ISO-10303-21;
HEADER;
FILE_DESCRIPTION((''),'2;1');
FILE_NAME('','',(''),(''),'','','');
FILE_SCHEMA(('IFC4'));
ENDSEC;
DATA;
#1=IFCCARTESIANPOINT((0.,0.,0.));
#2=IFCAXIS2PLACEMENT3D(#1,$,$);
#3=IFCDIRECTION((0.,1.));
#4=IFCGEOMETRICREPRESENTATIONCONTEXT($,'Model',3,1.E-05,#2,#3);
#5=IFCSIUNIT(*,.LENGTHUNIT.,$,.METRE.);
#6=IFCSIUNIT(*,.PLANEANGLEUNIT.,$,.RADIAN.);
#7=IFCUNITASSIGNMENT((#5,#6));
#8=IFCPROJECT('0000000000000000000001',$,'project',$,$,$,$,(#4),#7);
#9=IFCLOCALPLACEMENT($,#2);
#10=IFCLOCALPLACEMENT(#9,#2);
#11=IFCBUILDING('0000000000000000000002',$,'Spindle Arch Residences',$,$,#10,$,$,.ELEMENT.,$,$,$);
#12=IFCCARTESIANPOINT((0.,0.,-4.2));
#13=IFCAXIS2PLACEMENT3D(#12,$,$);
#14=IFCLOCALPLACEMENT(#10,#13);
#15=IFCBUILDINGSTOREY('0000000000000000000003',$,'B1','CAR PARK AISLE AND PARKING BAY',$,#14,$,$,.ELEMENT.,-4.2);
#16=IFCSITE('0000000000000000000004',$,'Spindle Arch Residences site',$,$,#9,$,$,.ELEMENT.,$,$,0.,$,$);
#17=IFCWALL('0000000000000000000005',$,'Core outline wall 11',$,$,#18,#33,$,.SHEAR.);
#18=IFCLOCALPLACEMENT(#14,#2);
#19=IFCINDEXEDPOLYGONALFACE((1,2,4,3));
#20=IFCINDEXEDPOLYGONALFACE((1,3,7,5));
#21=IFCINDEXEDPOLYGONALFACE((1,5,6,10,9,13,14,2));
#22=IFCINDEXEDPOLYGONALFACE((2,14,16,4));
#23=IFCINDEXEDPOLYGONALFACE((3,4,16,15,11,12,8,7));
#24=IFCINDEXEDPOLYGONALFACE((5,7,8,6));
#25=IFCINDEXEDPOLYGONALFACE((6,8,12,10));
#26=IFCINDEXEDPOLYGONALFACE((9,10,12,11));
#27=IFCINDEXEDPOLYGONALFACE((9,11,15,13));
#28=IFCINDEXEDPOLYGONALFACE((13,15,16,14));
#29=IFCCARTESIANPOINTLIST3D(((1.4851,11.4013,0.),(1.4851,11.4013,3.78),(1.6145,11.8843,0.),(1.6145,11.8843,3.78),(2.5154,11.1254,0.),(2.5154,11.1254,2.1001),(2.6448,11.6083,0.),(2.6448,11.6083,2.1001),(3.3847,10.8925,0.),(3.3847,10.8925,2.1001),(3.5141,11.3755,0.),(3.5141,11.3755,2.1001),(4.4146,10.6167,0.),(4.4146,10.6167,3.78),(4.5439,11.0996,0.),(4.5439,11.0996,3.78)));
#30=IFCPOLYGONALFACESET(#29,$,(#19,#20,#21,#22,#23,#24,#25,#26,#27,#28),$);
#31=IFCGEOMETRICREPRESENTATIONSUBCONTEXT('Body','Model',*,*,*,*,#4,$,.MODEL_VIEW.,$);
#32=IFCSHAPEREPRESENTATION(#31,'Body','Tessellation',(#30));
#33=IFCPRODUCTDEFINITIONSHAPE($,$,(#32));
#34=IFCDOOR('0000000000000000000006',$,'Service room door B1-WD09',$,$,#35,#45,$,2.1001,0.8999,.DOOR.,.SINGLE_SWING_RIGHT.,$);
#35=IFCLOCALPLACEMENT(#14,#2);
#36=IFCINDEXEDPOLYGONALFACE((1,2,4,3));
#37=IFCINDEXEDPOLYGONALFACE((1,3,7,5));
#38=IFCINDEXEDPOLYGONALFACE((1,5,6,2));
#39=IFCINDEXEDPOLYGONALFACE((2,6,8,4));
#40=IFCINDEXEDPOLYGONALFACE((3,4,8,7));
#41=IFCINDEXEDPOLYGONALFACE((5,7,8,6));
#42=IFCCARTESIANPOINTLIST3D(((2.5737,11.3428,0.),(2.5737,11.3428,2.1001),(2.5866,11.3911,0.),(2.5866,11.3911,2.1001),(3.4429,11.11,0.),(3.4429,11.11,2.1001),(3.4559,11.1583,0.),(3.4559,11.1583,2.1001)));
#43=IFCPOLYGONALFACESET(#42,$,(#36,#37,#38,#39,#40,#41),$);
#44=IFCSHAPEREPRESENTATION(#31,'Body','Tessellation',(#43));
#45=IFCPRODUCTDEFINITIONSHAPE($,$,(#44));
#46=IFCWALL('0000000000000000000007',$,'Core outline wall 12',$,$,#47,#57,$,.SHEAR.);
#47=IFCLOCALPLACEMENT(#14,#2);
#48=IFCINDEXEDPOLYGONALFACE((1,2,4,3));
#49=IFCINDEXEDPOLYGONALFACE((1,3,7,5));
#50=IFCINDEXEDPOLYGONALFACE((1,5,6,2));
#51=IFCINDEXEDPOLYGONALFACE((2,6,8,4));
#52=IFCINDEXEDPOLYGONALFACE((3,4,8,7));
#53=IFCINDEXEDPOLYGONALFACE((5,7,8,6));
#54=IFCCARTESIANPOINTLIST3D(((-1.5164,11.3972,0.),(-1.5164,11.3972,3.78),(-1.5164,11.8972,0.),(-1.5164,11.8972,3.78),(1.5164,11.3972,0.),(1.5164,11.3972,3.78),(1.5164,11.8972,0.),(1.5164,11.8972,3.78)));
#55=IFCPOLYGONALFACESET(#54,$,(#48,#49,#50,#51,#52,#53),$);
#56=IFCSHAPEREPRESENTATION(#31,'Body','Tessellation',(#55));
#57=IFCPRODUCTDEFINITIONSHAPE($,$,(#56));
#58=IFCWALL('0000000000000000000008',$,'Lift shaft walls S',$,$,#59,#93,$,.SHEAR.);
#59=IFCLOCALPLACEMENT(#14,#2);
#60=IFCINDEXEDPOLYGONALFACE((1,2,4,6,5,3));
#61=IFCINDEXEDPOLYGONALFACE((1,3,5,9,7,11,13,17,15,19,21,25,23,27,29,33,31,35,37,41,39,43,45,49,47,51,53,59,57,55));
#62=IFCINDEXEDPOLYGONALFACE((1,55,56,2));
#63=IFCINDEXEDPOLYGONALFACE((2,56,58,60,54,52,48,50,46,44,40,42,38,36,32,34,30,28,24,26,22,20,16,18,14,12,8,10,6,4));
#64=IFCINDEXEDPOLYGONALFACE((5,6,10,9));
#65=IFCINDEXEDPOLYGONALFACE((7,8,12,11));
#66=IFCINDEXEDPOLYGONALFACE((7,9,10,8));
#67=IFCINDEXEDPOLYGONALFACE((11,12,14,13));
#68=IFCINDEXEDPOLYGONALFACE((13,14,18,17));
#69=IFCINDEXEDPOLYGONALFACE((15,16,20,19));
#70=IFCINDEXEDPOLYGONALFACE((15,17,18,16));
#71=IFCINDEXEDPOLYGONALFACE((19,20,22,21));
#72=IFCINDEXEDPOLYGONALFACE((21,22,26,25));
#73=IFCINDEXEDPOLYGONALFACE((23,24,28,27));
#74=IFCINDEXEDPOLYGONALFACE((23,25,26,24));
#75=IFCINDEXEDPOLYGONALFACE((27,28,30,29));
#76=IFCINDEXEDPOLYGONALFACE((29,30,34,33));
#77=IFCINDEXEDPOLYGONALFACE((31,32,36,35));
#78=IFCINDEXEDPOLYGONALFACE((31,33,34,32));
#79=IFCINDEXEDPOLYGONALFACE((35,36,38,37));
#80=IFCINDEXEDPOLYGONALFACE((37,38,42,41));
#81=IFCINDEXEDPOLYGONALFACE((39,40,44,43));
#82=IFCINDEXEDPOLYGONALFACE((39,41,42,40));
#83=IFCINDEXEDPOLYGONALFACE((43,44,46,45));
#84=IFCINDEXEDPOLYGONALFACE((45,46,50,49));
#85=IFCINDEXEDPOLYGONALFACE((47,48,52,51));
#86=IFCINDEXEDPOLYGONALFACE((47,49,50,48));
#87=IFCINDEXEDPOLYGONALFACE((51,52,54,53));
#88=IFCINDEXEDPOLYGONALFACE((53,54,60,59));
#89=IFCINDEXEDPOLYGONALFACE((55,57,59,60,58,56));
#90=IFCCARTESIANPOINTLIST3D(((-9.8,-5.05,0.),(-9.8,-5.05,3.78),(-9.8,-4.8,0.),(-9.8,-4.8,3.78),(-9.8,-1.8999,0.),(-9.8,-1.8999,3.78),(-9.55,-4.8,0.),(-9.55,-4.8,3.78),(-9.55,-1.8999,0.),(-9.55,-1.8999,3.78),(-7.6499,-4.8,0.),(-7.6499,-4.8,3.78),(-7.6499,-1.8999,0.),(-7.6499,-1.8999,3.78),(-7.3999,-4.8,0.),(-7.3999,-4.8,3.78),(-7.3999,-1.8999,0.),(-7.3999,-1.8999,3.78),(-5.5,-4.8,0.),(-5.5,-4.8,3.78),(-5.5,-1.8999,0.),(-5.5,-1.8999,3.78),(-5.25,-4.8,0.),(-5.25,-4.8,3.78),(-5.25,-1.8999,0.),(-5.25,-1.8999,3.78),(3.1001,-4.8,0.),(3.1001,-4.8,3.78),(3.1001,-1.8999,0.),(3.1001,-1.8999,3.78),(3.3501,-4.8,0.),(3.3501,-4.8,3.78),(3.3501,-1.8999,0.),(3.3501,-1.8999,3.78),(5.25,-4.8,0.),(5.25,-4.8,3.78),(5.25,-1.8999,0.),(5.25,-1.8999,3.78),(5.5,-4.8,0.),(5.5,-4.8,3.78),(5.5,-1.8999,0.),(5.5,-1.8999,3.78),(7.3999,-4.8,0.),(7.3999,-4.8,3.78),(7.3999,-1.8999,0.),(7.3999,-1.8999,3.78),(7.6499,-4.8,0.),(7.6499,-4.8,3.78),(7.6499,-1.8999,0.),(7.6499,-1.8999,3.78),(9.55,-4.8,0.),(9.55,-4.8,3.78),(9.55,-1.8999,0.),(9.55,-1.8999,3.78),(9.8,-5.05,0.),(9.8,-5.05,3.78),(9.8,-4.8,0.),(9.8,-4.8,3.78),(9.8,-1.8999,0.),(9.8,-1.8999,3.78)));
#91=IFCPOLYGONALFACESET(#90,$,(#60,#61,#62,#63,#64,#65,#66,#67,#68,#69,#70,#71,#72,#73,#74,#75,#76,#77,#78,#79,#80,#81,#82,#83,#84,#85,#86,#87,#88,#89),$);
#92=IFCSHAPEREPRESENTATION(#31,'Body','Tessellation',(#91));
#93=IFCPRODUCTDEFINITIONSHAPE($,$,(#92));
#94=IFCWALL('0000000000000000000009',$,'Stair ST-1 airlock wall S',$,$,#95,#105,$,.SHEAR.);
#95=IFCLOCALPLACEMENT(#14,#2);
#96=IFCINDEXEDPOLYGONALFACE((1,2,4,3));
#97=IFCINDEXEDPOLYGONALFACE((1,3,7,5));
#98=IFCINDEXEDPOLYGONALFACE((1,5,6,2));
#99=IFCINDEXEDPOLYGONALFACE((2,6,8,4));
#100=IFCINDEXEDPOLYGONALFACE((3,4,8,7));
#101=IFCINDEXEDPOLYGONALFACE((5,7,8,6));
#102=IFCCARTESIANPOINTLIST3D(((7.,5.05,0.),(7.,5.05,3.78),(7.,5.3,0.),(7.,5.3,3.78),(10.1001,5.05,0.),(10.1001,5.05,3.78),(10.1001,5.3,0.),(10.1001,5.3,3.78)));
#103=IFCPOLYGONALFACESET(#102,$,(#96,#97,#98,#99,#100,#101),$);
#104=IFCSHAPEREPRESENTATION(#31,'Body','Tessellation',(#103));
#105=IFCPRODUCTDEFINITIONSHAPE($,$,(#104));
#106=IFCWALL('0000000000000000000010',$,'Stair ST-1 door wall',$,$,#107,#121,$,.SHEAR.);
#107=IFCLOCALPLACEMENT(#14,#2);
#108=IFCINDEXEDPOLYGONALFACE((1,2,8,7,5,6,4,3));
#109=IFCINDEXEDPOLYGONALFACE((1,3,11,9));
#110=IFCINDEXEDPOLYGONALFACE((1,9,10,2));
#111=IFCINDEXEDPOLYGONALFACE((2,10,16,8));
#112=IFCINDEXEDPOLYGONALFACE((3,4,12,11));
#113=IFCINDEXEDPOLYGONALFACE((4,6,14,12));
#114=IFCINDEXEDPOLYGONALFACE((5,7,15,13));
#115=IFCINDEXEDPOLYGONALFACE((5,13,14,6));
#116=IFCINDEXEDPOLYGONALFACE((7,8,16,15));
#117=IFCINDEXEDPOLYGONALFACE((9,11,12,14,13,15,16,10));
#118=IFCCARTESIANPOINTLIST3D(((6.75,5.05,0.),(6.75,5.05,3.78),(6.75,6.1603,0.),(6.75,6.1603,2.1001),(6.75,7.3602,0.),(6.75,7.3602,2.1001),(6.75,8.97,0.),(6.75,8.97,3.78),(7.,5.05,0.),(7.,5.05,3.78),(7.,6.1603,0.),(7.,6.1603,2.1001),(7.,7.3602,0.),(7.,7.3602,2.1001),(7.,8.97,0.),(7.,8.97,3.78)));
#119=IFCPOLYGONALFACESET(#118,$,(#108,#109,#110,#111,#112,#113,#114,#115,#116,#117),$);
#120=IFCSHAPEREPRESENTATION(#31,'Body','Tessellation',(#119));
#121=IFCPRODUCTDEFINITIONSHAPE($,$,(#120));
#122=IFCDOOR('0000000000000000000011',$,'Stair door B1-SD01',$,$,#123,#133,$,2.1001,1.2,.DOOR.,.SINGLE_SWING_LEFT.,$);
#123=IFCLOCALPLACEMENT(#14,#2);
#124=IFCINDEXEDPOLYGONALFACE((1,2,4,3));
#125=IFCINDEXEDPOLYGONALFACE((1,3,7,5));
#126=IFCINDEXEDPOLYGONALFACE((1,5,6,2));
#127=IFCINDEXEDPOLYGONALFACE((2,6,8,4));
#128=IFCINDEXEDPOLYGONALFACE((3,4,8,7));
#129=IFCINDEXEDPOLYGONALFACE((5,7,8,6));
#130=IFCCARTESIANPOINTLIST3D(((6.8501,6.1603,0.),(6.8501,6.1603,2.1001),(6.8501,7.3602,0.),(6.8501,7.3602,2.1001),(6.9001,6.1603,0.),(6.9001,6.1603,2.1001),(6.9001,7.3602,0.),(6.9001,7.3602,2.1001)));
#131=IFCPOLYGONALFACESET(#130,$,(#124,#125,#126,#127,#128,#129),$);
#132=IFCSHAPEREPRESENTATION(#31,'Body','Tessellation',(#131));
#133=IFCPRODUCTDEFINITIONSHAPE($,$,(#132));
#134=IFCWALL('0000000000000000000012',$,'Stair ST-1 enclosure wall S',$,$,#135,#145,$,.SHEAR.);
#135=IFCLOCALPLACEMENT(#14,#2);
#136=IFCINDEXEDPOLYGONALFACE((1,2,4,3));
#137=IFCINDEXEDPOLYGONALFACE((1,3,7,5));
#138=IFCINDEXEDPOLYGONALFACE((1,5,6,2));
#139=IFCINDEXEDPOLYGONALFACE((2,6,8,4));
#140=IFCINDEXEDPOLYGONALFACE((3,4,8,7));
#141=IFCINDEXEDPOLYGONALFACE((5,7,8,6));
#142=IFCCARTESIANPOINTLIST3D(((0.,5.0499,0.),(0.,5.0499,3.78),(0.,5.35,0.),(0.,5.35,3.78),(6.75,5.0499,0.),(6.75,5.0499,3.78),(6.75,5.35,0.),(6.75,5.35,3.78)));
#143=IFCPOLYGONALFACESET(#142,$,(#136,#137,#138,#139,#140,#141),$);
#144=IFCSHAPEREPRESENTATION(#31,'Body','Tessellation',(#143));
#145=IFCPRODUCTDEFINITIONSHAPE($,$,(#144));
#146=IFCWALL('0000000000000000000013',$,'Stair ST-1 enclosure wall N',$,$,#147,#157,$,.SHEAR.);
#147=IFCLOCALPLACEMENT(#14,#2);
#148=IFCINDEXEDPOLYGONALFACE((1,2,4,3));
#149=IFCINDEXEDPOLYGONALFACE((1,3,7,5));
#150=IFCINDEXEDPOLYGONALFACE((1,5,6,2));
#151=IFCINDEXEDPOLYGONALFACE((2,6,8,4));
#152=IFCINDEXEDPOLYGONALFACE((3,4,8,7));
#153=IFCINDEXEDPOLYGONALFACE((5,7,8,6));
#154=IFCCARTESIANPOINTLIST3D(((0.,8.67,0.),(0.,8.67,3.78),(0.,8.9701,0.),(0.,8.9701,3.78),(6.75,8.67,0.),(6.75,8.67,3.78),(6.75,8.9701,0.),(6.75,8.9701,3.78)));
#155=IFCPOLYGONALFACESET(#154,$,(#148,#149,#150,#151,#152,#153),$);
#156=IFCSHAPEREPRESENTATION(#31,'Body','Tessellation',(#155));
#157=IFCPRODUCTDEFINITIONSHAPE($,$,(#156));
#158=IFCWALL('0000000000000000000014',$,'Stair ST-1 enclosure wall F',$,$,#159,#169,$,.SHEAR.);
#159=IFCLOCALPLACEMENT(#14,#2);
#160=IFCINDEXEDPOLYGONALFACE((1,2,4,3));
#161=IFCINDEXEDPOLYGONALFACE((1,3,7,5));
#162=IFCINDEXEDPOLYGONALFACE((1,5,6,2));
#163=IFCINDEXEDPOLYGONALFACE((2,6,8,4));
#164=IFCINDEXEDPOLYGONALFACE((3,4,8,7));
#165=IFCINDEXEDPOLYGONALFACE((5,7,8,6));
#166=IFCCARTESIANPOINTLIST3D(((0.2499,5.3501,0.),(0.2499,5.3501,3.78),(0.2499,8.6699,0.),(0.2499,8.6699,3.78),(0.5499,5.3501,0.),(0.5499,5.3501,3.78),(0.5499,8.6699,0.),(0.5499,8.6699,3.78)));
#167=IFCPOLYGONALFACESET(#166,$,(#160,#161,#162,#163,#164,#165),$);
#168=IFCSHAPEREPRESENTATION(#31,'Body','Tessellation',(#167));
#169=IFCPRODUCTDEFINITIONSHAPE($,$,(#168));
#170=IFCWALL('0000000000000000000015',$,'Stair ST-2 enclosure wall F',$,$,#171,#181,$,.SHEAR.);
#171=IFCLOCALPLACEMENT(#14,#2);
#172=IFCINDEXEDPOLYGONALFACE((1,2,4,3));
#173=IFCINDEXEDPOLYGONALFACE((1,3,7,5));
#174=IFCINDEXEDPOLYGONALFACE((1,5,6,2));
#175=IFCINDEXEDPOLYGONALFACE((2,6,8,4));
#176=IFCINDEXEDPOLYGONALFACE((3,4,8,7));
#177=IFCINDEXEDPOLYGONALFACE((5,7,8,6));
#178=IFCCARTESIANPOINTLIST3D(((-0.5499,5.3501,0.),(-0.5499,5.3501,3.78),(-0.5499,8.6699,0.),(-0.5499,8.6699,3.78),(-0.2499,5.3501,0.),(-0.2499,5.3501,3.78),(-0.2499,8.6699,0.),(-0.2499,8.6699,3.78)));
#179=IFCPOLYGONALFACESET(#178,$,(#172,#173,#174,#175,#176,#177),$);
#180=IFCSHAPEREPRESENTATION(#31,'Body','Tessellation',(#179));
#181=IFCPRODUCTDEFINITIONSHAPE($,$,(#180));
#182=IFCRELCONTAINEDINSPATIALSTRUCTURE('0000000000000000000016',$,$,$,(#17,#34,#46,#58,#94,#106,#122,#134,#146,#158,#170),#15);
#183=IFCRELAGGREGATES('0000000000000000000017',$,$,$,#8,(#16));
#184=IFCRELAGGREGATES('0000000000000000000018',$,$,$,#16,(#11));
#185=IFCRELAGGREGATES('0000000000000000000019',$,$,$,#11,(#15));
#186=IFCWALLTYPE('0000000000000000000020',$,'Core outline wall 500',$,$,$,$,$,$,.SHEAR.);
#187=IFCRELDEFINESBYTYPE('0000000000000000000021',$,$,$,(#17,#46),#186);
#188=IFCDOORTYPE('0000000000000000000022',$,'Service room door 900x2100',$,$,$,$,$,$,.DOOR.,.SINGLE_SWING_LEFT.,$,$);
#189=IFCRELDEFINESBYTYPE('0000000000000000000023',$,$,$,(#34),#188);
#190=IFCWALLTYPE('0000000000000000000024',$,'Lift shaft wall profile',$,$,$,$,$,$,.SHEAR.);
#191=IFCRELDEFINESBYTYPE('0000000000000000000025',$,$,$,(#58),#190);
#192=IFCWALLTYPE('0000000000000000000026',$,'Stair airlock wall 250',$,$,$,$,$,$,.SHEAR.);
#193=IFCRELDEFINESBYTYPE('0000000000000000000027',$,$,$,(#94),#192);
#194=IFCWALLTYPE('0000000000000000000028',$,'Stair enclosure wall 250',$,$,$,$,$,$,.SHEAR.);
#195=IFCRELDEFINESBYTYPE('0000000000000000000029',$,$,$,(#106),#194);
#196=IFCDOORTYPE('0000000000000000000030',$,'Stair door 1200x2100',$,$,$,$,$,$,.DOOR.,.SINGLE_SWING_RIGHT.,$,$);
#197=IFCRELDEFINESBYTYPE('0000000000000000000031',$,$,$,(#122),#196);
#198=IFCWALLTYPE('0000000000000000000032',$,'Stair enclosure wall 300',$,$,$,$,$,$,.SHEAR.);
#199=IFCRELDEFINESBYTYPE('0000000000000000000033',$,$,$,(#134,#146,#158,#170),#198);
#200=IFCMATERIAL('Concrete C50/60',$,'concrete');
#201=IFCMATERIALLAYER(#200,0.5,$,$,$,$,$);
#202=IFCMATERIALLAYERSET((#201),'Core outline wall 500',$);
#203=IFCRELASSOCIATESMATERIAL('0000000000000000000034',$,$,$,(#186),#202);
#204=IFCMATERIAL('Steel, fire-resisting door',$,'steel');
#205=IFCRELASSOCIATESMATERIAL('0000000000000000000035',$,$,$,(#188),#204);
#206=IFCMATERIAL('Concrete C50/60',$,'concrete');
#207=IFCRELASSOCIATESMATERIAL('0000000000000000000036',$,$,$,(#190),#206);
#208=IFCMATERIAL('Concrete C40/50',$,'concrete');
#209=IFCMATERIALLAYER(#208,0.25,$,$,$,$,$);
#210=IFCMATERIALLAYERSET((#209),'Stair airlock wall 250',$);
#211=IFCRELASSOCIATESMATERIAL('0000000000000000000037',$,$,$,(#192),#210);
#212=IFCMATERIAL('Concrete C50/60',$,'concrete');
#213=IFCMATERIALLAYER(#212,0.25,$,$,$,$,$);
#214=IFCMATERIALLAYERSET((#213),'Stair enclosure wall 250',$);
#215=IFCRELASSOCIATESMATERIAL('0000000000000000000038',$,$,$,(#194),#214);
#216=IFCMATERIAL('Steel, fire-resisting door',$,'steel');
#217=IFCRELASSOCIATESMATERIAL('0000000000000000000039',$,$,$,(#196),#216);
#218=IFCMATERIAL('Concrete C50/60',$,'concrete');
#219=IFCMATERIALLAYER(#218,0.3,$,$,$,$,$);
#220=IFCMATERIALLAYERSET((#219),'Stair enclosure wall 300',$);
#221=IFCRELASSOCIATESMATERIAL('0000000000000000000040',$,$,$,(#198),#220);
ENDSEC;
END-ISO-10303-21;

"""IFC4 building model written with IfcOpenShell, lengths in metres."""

from ifc_helpers import new_model, si_unit, direction, frame, frame_2d, origin, place, context, subcontext, project, spatial, polyline, rectangle, outline, extrude, material, layer, layer_set, type_object, element, fill, save


model = new_model("IFC4")

# Units and contexts
model_context = context("Model", 3, precision=1e-05, world=origin(), true_north=direction((0.0, 1.0)))
body_context = subcontext(model_context, "Body", "Model", "MODEL_VIEW")
ifc_project = project(units=[si_unit("LENGTHUNIT", "METRE"), si_unit("PLANEANGLEUNIT", "RADIAN")], contexts=[model_context])

# Site, building, storey
site_placement = place(None, origin())
site = spatial("IfcSite", under=ifc_project, at=site_placement, Name="Spindle Arch Residences site", CompositionType="ELEMENT", RefElevation=0.0)
building_placement = place(site_placement, origin())
building = spatial("IfcBuilding", under=site, at=building_placement, Name="Spindle Arch Residences", CompositionType="ELEMENT")
storey_placement = place(building_placement, frame((0.0, 0.0, -4.2)))
storey = spatial("IfcBuildingStorey", under=building, at=storey_placement, Name="B1", Description="CAR PARK AISLE AND PARKING BAY", CompositionType="ELEMENT", Elevation=-4.2)

# Wall, opening, door
ifc_material_1 = material(Name="Concrete C50/60", Category="concrete")
ifc_layer_1 = layer(ifc_material_1, 0.5)
ifc_layer_set_1 = layer_set([ifc_layer_1], Name="Core outline wall 500")
wall_type_1 = type_object("IfcWallType", Name="Core outline wall 500", PredefinedType="SHEAR", material=ifc_layer_set_1)
wall_1_placement = place(storey_placement, frame((4.4792, 10.8582, 0.0), z_axis=(0.0, 0.0, 1.0), x_axis=(-0.965948, 0.258735, 0.0)))
wall_1 = element("IfcWall", 1, at=wall_1_placement, inside=storey, type_object=wall_type_1, Name="Core outline wall 11", PredefinedType="SHEAR", context=body_context, shape_type="SweptSolid", body=[
    extrude(rectangle(XDim=3.0327, YDim=0.5, at=frame_2d((1.5164, 0.0))), origin(), (0.0, 0.0, 1.0), 3.78),
])
opening_1_placement = place(wall_1_placement, frame((1.0662, 0.0, 0.0)))
opening_1 = element("IfcOpeningElement", 2, at=opening_1_placement, cuts=wall_1, PredefinedType="OPENING", context=body_context, shape_type="SweptSolid", body=[
    extrude(rectangle(XDim=0.8999, YDim=2.1001, at=frame_2d((0.45, 1.05))), frame((0.0, 0.26, 0.0), z_axis=(0.0, -1.0, 0.0), x_axis=(1.0, 0.0, 0.0)), (0.0, 0.0, 1.0), 0.52),
])
ifc_material_2 = material(Name="Steel, fire-resisting door", Category="steel")
door_type_1 = type_object("IfcDoorType", Name="Service room door 900x2100", OperationType="SINGLE_SWING_LEFT", PredefinedType="DOOR", material=ifc_material_2)
door_1_placement = place(opening_1_placement, origin())
door_1 = element("IfcDoor", 3, at=door_1_placement, inside=storey, type_object=door_type_1, Name="Service room door B1-WD09", OperationType="SINGLE_SWING_RIGHT", OverallHeight=2.1001, OverallWidth=0.8999, PredefinedType="DOOR", context=body_context, shape_type="SweptSolid", body=[
    extrude(rectangle(XDim=0.8999, YDim=2.1001, at=frame_2d((0.45, 1.05))), frame((0.0, 0.0249, 0.0), z_axis=(0.0, -1.0, 0.0), x_axis=(1.0, 0.0, 0.0)), (0.0, 0.0, 1.0), 0.05),
])
fill(opening_1, door_1)

# Wall
wall_2_placement = place(storey_placement, frame((1.5164, 11.6472, 0.0), z_axis=(0.0, 0.0, 1.0), x_axis=(-1.0, 0.0, 0.0)))
element("IfcWall", 4, at=wall_2_placement, inside=storey, type_object=wall_type_1, Name="Core outline wall 12", PredefinedType="SHEAR", context=body_context, shape_type="SweptSolid", body=[
    extrude(rectangle(XDim=3.0327, YDim=0.5, at=frame_2d((1.5164, 0.0))), origin(), (0.0, 0.0, 1.0), 3.78),
])

# Walls
ifc_material_3 = material(Name="Concrete C50/60", Category="concrete")
wall_type_2 = type_object("IfcWallType", Name="Lift shaft wall profile", PredefinedType="SHEAR", material=ifc_material_3)
wall_3_placement = place(storey_placement, origin())
element("IfcWall", 5, at=wall_3_placement, inside=storey, type_object=wall_type_2, Name="Lift shaft walls S", PredefinedType="SHEAR", context=body_context, shape_type="SweptSolid", body=[
    extrude(outline(polyline([(9.8, -5.05), (9.8, -4.8), (9.8, -1.8999), (9.55, -1.8999), (9.55, -4.8), (7.6499, -4.8), (7.6499, -1.8999), (7.3999, -1.8999), (7.3999, -4.8), (5.5, -4.8), (5.5, -1.8999), (5.25, -1.8999), (5.25, -4.8), (3.3501, -4.8), (3.3501, -1.8999), (3.1001, -1.8999), (3.1001, -4.8), (-5.25, -4.8), (-5.25, -1.8999), (-5.5, -1.8999), (-5.5, -4.8), (-7.3999, -4.8), (-7.3999, -1.8999), (-7.6499, -1.8999), (-7.6499, -4.8), (-9.55, -4.8), (-9.55, -1.8999), (-9.8, -1.8999), (-9.8, -4.8), (-9.8, -5.05), (9.8, -5.05)])), origin(), (0.0, 0.0, 1.0), 3.78),
])
ifc_material_4 = material(Name="Concrete C40/50", Category="concrete")
ifc_layer_2 = layer(ifc_material_4, 0.25)
ifc_layer_set_2 = layer_set([ifc_layer_2], Name="Stair airlock wall 250")
wall_type_3 = type_object("IfcWallType", Name="Stair airlock wall 250", PredefinedType="SHEAR", material=ifc_layer_set_2)
wall_4_placement = place(storey_placement, frame((7.0, 5.175, 0.0), z_axis=(0.0, 0.0, 1.0), x_axis=(1.0, 0.0, 0.0)))
element("IfcWall", 6, at=wall_4_placement, inside=storey, type_object=wall_type_3, Name="Stair ST-1 airlock wall S", PredefinedType="SHEAR", context=body_context, shape_type="SweptSolid", body=[
    extrude(rectangle(XDim=3.1001, YDim=0.25, at=frame_2d((1.55, 0.0))), origin(), (0.0, 0.0, 1.0), 3.78),
])

# Wall, opening, door
ifc_material_5 = material(Name="Concrete C50/60", Category="concrete")
ifc_layer_3 = layer(ifc_material_5, 0.25)
ifc_layer_set_3 = layer_set([ifc_layer_3], Name="Stair enclosure wall 250")
wall_type_4 = type_object("IfcWallType", Name="Stair enclosure wall 250", PredefinedType="SHEAR", material=ifc_layer_set_3)
wall_5_placement = place(storey_placement, frame((6.875, 5.05, 0.0), z_axis=(0.0, 0.0, 1.0), x_axis=(0.0, 1.0, 0.0)))
wall_5 = element("IfcWall", 7, at=wall_5_placement, inside=storey, type_object=wall_type_4, Name="Stair ST-1 door wall", PredefinedType="SHEAR", context=body_context, shape_type="SweptSolid", body=[
    extrude(rectangle(XDim=3.9199, YDim=0.25, at=frame_2d((1.96, 0.0))), origin(), (0.0, 0.0, 1.0), 3.78),
])
opening_2_placement = place(wall_5_placement, frame((1.1101, 0.0, 0.0)))
opening_2 = element("IfcOpeningElement", 8, at=opening_2_placement, cuts=wall_5, PredefinedType="OPENING", context=body_context, shape_type="SweptSolid", body=[
    extrude(rectangle(XDim=1.2, YDim=2.1001, at=frame_2d((0.6001, 1.05))), frame((0.0, 0.135, 0.0), z_axis=(0.0, -1.0, 0.0), x_axis=(1.0, 0.0, 0.0)), (0.0, 0.0, 1.0), 0.27),
])
ifc_material_6 = material(Name="Steel, fire-resisting door", Category="steel")
door_type_2 = type_object("IfcDoorType", Name="Stair door 1200x2100", OperationType="SINGLE_SWING_RIGHT", PredefinedType="DOOR", material=ifc_material_6)
door_2_placement = place(opening_2_placement, origin())
door_2 = element("IfcDoor", 9, at=door_2_placement, inside=storey, type_object=door_type_2, Name="Stair door B1-SD01", OperationType="SINGLE_SWING_LEFT", OverallHeight=2.1001, OverallWidth=1.2, PredefinedType="DOOR", context=body_context, shape_type="SweptSolid", body=[
    extrude(rectangle(XDim=1.2, YDim=2.1001, at=frame_2d((0.6001, 1.05))), frame((0.0, 0.0249, 0.0), z_axis=(0.0, -1.0, 0.0), x_axis=(1.0, 0.0, 0.0)), (0.0, 0.0, 1.0), 0.05),
])
fill(opening_2, door_2)

# Walls
ifc_material_7 = material(Name="Concrete C50/60", Category="concrete")
ifc_layer_4 = layer(ifc_material_7, 0.3)
ifc_layer_set_4 = layer_set([ifc_layer_4], Name="Stair enclosure wall 300")
wall_type_5 = type_object("IfcWallType", Name="Stair enclosure wall 300", PredefinedType="SHEAR", material=ifc_layer_set_4)
for number, where, z_axis, x_axis, name in (
    (10, (0.0, 5.2, 0.0), (0.0, 0.0, 1.0), (1.0, 0.0, 0.0), "Stair ST-1 enclosure wall S"),
    (11, (0.0, 8.8201, 0.0), (0.0, 0.0, 1.0), (1.0, 0.0, 0.0), "Stair ST-1 enclosure wall N"),
):
    element("IfcWall", number, at=place(storey_placement, frame(where, z_axis=z_axis, x_axis=x_axis)), inside=storey, type_object=wall_type_5, Name=name, PredefinedType="SHEAR", context=body_context, shape_type="SweptSolid", body=[
        extrude(rectangle(XDim=6.75, YDim=0.3, at=frame_2d((3.375, 0.0))), origin(), (0.0, 0.0, 1.0), 3.78),
    ])
for number, where, z_axis, x_axis, name in (
    (12, (0.3999, 5.3501, 0.0), (0.0, 0.0, 1.0), (0.0, 1.0, 0.0), "Stair ST-1 enclosure wall F"),
    (13, (-0.3999, 5.3501, 0.0), (0.0, 0.0, 1.0), (0.0, 1.0, 0.0), "Stair ST-2 enclosure wall F"),
):
    element("IfcWall", number, at=place(storey_placement, frame(where, z_axis=z_axis, x_axis=x_axis)), inside=storey, type_object=wall_type_5, Name=name, PredefinedType="SHEAR", context=body_context, shape_type="SweptSolid", body=[
        extrude(rectangle(XDim=3.3198, YDim=0.3, at=frame_2d((1.6599, 0.0))), origin(), (0.0, 0.0, 1.0), 3.78),
    ])

save(model, "model.ifc")
